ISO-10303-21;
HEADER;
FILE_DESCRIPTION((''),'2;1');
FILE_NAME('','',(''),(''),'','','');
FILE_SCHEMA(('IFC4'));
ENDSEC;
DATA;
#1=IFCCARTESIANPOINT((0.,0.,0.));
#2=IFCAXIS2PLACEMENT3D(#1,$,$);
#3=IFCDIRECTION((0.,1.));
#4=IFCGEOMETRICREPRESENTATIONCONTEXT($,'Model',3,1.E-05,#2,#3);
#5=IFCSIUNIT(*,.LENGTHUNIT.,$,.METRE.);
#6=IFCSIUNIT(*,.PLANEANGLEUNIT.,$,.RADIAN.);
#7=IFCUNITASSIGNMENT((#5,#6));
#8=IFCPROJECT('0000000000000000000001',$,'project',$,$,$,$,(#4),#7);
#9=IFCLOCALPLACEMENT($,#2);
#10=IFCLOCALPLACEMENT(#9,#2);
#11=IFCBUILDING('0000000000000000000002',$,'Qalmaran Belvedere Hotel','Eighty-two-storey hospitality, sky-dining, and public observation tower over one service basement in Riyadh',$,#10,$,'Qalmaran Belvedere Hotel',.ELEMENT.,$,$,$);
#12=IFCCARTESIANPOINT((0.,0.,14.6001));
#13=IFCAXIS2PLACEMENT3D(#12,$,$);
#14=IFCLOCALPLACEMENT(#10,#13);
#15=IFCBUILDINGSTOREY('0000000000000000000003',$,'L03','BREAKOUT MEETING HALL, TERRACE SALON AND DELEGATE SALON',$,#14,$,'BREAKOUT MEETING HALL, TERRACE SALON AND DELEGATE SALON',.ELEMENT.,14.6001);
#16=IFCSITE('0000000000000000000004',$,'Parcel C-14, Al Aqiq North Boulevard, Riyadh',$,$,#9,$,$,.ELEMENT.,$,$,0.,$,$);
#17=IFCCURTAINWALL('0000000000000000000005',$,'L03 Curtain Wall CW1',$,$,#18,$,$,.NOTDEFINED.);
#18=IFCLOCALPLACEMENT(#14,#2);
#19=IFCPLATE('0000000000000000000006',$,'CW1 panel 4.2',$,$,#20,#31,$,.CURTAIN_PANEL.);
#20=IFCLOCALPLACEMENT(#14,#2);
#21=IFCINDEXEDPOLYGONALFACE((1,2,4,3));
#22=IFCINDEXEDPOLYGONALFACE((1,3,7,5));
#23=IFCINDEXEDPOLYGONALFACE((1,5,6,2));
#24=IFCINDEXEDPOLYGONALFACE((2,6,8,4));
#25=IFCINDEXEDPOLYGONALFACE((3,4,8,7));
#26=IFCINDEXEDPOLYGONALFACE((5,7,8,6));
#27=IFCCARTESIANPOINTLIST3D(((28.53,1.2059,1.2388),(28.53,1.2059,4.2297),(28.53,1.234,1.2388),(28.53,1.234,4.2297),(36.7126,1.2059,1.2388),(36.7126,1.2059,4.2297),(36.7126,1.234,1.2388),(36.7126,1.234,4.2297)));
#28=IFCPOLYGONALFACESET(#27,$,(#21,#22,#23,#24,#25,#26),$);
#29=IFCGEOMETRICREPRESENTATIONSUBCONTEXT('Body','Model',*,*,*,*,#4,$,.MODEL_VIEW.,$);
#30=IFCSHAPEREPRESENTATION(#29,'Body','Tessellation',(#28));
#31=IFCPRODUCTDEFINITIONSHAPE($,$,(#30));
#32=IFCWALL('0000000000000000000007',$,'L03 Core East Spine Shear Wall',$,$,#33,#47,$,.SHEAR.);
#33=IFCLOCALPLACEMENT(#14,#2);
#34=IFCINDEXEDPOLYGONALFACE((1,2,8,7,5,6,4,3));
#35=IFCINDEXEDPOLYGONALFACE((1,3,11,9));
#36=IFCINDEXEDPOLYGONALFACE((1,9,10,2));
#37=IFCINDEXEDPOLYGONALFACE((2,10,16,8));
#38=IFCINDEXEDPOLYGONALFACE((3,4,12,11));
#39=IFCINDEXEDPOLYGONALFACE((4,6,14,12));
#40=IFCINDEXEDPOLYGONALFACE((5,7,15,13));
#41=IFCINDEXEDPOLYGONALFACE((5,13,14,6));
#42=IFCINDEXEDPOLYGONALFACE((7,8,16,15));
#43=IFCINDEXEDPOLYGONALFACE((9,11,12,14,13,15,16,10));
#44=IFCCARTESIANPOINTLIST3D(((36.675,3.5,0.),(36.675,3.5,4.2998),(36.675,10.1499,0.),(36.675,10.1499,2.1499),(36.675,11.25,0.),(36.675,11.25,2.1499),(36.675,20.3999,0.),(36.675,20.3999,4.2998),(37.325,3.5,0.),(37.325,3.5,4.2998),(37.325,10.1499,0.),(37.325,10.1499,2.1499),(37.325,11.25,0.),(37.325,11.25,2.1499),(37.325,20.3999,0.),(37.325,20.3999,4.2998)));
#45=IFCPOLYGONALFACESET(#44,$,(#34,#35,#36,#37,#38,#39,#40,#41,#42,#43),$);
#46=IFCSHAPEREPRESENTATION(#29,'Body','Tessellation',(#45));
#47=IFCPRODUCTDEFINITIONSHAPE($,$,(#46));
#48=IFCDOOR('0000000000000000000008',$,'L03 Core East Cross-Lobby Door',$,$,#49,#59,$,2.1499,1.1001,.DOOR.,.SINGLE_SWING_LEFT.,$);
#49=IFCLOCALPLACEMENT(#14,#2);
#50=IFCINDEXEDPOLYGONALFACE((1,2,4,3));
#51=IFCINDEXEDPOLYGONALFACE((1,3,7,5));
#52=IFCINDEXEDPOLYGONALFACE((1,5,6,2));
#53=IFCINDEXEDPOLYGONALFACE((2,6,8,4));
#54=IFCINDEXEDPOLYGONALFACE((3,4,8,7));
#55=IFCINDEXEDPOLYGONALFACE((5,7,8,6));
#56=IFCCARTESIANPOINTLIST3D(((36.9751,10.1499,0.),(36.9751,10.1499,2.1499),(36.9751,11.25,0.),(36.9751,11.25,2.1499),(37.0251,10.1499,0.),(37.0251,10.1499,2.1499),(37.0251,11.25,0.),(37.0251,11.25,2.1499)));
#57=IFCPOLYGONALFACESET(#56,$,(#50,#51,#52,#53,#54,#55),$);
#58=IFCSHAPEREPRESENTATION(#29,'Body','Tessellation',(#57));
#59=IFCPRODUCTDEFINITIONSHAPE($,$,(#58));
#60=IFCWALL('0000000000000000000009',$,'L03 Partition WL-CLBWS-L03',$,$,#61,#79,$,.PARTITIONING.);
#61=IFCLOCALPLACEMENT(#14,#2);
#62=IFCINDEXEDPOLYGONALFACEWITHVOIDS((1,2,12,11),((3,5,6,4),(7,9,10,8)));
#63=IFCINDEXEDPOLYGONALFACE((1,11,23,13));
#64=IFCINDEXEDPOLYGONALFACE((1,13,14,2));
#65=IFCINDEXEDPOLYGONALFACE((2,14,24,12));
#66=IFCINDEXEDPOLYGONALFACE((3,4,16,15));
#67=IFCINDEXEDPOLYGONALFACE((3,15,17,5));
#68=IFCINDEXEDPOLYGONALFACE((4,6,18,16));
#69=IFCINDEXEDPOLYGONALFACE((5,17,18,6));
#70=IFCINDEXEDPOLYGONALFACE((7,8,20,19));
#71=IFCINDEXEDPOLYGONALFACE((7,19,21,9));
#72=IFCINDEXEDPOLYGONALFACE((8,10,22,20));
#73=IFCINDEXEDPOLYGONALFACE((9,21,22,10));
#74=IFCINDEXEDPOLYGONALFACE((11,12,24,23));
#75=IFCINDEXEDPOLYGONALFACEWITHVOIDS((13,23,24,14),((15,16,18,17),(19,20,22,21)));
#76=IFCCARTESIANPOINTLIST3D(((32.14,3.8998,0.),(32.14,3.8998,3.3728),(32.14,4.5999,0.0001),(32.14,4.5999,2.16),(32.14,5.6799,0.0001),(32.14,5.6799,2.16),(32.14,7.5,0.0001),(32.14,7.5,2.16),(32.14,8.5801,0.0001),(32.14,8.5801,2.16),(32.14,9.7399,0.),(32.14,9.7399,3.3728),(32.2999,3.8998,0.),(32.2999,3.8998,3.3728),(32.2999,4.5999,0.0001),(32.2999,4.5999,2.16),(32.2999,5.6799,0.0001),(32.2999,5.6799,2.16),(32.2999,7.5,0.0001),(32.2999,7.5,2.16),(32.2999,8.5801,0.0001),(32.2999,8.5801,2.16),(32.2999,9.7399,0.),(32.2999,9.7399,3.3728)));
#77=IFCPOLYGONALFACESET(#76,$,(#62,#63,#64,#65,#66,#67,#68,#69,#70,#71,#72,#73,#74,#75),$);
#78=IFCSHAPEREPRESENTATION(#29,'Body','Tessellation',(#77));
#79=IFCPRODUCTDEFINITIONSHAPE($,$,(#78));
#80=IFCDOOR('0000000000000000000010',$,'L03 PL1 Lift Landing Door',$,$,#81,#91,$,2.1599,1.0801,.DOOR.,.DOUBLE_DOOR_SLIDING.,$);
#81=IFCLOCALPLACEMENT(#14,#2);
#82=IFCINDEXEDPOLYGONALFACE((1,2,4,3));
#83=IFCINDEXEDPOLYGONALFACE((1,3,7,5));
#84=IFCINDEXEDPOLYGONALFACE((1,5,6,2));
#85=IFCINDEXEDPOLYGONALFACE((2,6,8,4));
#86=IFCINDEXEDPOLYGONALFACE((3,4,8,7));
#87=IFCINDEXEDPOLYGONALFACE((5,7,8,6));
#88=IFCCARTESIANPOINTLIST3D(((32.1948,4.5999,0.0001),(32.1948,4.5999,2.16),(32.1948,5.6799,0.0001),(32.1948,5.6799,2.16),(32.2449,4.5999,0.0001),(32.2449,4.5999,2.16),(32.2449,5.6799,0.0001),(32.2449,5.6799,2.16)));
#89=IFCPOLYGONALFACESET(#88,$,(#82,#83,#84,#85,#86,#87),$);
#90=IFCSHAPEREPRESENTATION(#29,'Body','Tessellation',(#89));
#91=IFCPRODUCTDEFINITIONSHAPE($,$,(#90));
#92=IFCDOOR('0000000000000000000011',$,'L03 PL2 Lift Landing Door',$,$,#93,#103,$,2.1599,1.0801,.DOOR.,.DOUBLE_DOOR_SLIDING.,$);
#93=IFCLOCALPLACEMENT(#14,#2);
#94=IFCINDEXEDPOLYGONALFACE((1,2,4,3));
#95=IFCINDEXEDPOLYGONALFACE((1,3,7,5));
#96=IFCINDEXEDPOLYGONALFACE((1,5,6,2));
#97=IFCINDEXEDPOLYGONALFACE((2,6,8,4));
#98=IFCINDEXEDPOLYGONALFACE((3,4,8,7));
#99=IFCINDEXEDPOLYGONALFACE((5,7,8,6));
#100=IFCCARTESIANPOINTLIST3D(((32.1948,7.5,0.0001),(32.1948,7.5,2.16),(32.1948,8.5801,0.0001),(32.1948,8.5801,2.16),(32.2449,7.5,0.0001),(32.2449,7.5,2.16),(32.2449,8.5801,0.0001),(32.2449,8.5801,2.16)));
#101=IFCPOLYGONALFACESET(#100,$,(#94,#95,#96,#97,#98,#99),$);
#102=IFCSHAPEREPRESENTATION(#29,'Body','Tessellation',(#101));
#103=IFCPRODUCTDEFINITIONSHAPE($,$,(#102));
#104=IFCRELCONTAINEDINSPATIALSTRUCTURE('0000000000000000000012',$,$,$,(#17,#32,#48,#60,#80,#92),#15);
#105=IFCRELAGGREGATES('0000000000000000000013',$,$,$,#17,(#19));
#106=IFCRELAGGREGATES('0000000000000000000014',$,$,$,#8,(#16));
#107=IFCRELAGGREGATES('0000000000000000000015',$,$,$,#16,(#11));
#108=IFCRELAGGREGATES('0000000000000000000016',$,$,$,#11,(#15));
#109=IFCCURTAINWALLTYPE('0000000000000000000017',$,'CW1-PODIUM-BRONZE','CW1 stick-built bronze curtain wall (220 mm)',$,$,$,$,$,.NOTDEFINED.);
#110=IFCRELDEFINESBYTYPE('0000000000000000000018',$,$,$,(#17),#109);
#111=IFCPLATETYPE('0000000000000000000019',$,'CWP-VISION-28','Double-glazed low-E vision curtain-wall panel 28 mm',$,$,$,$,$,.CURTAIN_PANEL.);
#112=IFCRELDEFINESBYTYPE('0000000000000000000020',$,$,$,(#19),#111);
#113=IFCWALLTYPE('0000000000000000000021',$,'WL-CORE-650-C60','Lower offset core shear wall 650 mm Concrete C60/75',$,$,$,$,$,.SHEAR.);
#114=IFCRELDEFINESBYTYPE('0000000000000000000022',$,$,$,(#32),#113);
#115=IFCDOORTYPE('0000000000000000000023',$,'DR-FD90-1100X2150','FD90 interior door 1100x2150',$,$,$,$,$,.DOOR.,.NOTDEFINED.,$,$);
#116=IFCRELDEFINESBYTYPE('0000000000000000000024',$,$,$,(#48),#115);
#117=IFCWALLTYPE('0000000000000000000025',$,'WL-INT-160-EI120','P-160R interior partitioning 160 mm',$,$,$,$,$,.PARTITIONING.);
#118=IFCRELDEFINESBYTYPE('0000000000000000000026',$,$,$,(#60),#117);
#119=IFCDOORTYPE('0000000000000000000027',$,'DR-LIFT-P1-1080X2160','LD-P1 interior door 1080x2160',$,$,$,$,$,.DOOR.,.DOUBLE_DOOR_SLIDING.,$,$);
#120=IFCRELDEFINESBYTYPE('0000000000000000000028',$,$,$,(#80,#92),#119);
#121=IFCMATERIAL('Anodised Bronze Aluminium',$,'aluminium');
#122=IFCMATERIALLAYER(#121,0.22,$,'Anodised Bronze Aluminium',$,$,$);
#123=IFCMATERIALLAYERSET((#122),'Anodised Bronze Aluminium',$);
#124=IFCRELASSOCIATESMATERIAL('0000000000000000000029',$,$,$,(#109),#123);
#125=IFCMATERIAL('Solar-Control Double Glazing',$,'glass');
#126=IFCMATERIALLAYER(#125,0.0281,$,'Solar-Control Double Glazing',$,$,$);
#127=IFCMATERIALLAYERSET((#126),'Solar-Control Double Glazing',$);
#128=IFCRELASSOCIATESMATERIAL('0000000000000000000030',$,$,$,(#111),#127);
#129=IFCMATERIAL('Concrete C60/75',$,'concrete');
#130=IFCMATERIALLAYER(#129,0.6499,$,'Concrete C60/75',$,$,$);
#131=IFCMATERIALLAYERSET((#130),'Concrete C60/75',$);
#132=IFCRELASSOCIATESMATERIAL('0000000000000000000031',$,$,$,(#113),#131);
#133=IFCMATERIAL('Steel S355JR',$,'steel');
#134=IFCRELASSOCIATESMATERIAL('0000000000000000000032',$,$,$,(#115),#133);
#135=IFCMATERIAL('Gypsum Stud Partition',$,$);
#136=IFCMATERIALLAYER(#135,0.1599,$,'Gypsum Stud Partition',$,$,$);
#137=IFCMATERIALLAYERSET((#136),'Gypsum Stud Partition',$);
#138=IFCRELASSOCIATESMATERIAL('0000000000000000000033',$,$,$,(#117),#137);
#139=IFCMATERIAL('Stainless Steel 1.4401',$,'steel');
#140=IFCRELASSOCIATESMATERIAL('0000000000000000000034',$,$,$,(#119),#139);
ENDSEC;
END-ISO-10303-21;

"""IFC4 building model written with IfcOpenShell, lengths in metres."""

from ifc_helpers import new_model, si_unit, direction, frame, frame_2d, origin, origin_2d, place, context, subcontext, project, spatial, rectangle, extrude, material, layer, layer_set, type_object, element, fill, aggregate, save


model = new_model("IFC4")

# Units and contexts
model_context = context("Model", 3, precision=1e-05, world=origin(), true_north=direction((0.0, 1.0)))
body_context = subcontext(model_context, "Body", "Model", "MODEL_VIEW")
ifc_project = project(units=[si_unit("LENGTHUNIT", "METRE"), si_unit("PLANEANGLEUNIT", "RADIAN")], contexts=[model_context])

# Site, building, storey
site_placement = place(None, origin())
site = spatial("IfcSite", under=ifc_project, at=site_placement, Name="Parcel C-14, Al Aqiq North Boulevard, Riyadh", CompositionType="ELEMENT", RefElevation=0.0)
building_placement = place(site_placement, origin())
building = spatial("IfcBuilding", under=site, at=building_placement, Name="Qalmaran Belvedere Hotel", Description="Eighty-two-storey hospitality, sky-dining, and public observation tower over one service basement in Riyadh", LongName="Qalmaran Belvedere Hotel", CompositionType="ELEMENT")
storey_placement = place(building_placement, frame((0.0, 0.0, 14.6001)))
storey = spatial("IfcBuildingStorey", under=building, at=storey_placement, Name="L03", Description="BREAKOUT MEETING HALL, TERRACE SALON AND DELEGATE SALON", LongName="BREAKOUT MEETING HALL, TERRACE SALON AND DELEGATE SALON", CompositionType="ELEMENT", Elevation=14.6001)

# Shared definitions
ifc_material_1 = material(Name="Concrete C60/75", Category="concrete")

# Shared definitions
ifc_material_2 = material(Name="Steel S355JR", Category="steel")

# Curtain wall, plate
ifc_material_3 = material(Name="Anodised Bronze Aluminium", Category="aluminium")
ifc_layer_1 = layer(ifc_material_3, 0.22, Name="Anodised Bronze Aluminium")
ifc_layer_set_1 = layer_set([ifc_layer_1], Name="Anodised Bronze Aluminium")
curtain_wall_type = type_object("IfcCurtainWallType", Name="CW1-PODIUM-BRONZE", Description="CW1 stick-built bronze curtain wall (220 mm)", PredefinedType="NOTDEFINED", material=ifc_layer_set_1)
curtain_wall_placement = place(storey_placement, origin())
curtain_wall = element("IfcCurtainWall", 1, at=curtain_wall_placement, inside=storey, type_object=curtain_wall_type, Name="L03 Curtain Wall CW1", PredefinedType="NOTDEFINED")
ifc_material_4 = material(Name="Solar-Control Double Glazing", Category="glass")
ifc_layer_2 = layer(ifc_material_4, 0.0281, Name="Solar-Control Double Glazing")
ifc_layer_set_2 = layer_set([ifc_layer_2], Name="Solar-Control Double Glazing")
plate_type_1 = type_object("IfcPlateType", Name="CWP-VISION-28", Description="Double-glazed low-E vision curtain-wall panel 28 mm", PredefinedType="CURTAIN_PANEL", material=ifc_layer_set_2)
plate_1_placement = place(storey_placement, frame((32.6213, 1.22, 1.2388), z_axis=(0.0, 0.0, 1.0), x_axis=(1.0, 0.0, 0.0)))
plate_1 = element("IfcPlate", 2, at=plate_1_placement, type_object=plate_type_1, Name="CW1 panel 4.2", PredefinedType="CURTAIN_PANEL", context=body_context, shape_type="SweptSolid", body=[
    extrude(rectangle(XDim=8.1826, YDim=0.0281, at=origin_2d()), origin(), (0.0, 0.0, 1.0), 2.991),
])
aggregate(curtain_wall, [plate_1])

# Wall, opening, door
ifc_layer_3 = layer(ifc_material_1, 0.6499, Name="Concrete C60/75")
ifc_layer_set_3 = layer_set([ifc_layer_3], Name="Concrete C60/75")
wall_type_1 = type_object("IfcWallType", Name="WL-CORE-650-C60", Description="Lower offset core shear wall 650 mm Concrete C60/75", PredefinedType="SHEAR", material=ifc_layer_set_3)
wall_1_placement = place(storey_placement, frame((37.0, 3.5, 0.0), z_axis=(0.0, 0.0, 1.0), x_axis=(0.0, 1.0, 0.0)))
wall_1 = element("IfcWall", 3, at=wall_1_placement, inside=storey, type_object=wall_type_1, Name="L03 Core East Spine Shear Wall", PredefinedType="SHEAR", context=body_context, shape_type="SweptSolid", body=[
    extrude(rectangle(XDim=16.8999, YDim=0.6499, at=frame_2d((8.45, 0.0))), origin(), (0.0, 0.0, 1.0), 4.2998),
])
opening_1_placement = place(wall_1_placement, frame((6.6499, 0.0, 0.0)))
opening_1 = element("IfcOpeningElement", 4, at=opening_1_placement, cuts=wall_1, PredefinedType="OPENING", context=body_context, shape_type="SweptSolid", body=[
    extrude(rectangle(XDim=1.1001, YDim=2.1499, at=frame_2d((0.55, 1.075))), frame((0.0, 0.335, 0.0), z_axis=(0.0, -1.0, 0.0), x_axis=(1.0, 0.0, 0.0)), (0.0, 0.0, 1.0), 0.6699),
])
door_type_1 = type_object("IfcDoorType", Name="DR-FD90-1100X2150", Description="FD90 interior door 1100x2150", OperationType="NOTDEFINED", PredefinedType="DOOR", material=ifc_material_2)
door_1_placement = place(opening_1_placement, origin())
door_1 = element("IfcDoor", 5, at=door_1_placement, inside=storey, type_object=door_type_1, Name="L03 Core East Cross-Lobby Door", OperationType="SINGLE_SWING_LEFT", OverallHeight=2.1499, OverallWidth=1.1001, PredefinedType="DOOR", context=body_context, shape_type="SweptSolid", body=[
    extrude(rectangle(XDim=1.1001, YDim=2.1499, at=frame_2d((0.55, 1.075))), frame((0.0, 0.0249, 0.0), z_axis=(0.0, -1.0, 0.0), x_axis=(1.0, 0.0, 0.0)), (0.0, 0.0, 1.0), 0.05),
])
fill(opening_1, door_1)

# Wall, openings, doors
ifc_material_5 = material(Name="Gypsum Stud Partition")
ifc_layer_4 = layer(ifc_material_5, 0.1599, Name="Gypsum Stud Partition")
ifc_layer_set_4 = layer_set([ifc_layer_4], Name="Gypsum Stud Partition")
wall_type_2 = type_object("IfcWallType", Name="WL-INT-160-EI120", Description="P-160R interior partitioning 160 mm", PredefinedType="PARTITIONING", material=ifc_layer_set_4)
wall_2_placement = place(storey_placement, frame((32.22, 3.8999, 0.0), z_axis=(0.0, 0.0, 1.0), x_axis=(0.0, 1.0, 0.0)))
wall_2 = element("IfcWall", 6, at=wall_2_placement, inside=storey, type_object=wall_type_2, Name="L03 Partition WL-CLBWS-L03", PredefinedType="PARTITIONING", context=body_context, shape_type="SweptSolid", body=[
    extrude(rectangle(XDim=5.8401, YDim=0.1599, at=frame_2d((2.9199, 0.0))), origin(), (0.0, 0.0, 1.0), 3.3728),
])
opening_2_placement = place(wall_2_placement, frame((1.78, 0.0, 0.0), z_axis=(0.0, 0.0, 1.0), x_axis=(-1.0, 0.0, 0.0)))
opening_2 = element("IfcOpeningElement", 7, at=opening_2_placement, cuts=wall_2, PredefinedType="OPENING", context=body_context, shape_type="SweptSolid", body=[
    extrude(rectangle(XDim=1.0801, YDim=2.1599, at=frame_2d((0.54, 1.0801))), frame((0.0, 0.0898, 0.0), z_axis=(0.0, -1.0, 0.0), x_axis=(1.0, 0.0, 0.0)), (0.0, 0.0, 1.0), 0.1799),
])
opening_3_placement = place(wall_2_placement, frame((4.6802, 0.0, 0.0), z_axis=(0.0, 0.0, 1.0), x_axis=(-1.0, 0.0, 0.0)))
opening_3 = element("IfcOpeningElement", 8, at=opening_3_placement, cuts=wall_2, PredefinedType="OPENING", context=body_context, shape_type="SweptSolid", body=[
    extrude(rectangle(XDim=1.0801, YDim=2.1599, at=frame_2d((0.54, 1.0801))), frame((0.0, 0.0898, 0.0), z_axis=(0.0, -1.0, 0.0), x_axis=(1.0, 0.0, 0.0)), (0.0, 0.0, 1.0), 0.1799),
])
ifc_material_6 = material(Name="Stainless Steel 1.4401", Category="steel")
door_type_2 = type_object("IfcDoorType", Name="DR-LIFT-P1-1080X2160", Description="LD-P1 interior door 1080x2160", OperationType="DOUBLE_DOOR_SLIDING", PredefinedType="DOOR", material=ifc_material_6)
door_2_placement = place(opening_2_placement, origin())
door_2 = element("IfcDoor", 9, at=door_2_placement, inside=storey, type_object=door_type_2, Name="L03 PL1 Lift Landing Door", OperationType="DOUBLE_DOOR_SLIDING", OverallHeight=2.1599, OverallWidth=1.0801, PredefinedType="DOOR", context=body_context, shape_type="SweptSolid", body=[
    extrude(rectangle(XDim=1.0801, YDim=2.1599, at=frame_2d((0.54, 1.0801))), frame((0.0, 0.0249, 0.0), z_axis=(0.0, -1.0, 0.0), x_axis=(1.0, 0.0, 0.0)), (0.0, 0.0, 1.0), 0.05),
])
fill(opening_2, door_2)
door_3_placement = place(opening_3_placement, origin())
door_3 = element("IfcDoor", 10, at=door_3_placement, inside=storey, type_object=door_type_2, Name="L03 PL2 Lift Landing Door", OperationType="DOUBLE_DOOR_SLIDING", OverallHeight=2.1599, OverallWidth=1.0801, PredefinedType="DOOR", context=body_context, shape_type="SweptSolid", body=[
    extrude(rectangle(XDim=1.0801, YDim=2.1599, at=frame_2d((0.54, 1.0801))), frame((0.0, 0.0249, 0.0), z_axis=(0.0, -1.0, 0.0), x_axis=(1.0, 0.0, 0.0)), (0.0, 0.0, 1.0), 0.05),
])
fill(opening_3, door_3)

save(model, "model.ifc")
